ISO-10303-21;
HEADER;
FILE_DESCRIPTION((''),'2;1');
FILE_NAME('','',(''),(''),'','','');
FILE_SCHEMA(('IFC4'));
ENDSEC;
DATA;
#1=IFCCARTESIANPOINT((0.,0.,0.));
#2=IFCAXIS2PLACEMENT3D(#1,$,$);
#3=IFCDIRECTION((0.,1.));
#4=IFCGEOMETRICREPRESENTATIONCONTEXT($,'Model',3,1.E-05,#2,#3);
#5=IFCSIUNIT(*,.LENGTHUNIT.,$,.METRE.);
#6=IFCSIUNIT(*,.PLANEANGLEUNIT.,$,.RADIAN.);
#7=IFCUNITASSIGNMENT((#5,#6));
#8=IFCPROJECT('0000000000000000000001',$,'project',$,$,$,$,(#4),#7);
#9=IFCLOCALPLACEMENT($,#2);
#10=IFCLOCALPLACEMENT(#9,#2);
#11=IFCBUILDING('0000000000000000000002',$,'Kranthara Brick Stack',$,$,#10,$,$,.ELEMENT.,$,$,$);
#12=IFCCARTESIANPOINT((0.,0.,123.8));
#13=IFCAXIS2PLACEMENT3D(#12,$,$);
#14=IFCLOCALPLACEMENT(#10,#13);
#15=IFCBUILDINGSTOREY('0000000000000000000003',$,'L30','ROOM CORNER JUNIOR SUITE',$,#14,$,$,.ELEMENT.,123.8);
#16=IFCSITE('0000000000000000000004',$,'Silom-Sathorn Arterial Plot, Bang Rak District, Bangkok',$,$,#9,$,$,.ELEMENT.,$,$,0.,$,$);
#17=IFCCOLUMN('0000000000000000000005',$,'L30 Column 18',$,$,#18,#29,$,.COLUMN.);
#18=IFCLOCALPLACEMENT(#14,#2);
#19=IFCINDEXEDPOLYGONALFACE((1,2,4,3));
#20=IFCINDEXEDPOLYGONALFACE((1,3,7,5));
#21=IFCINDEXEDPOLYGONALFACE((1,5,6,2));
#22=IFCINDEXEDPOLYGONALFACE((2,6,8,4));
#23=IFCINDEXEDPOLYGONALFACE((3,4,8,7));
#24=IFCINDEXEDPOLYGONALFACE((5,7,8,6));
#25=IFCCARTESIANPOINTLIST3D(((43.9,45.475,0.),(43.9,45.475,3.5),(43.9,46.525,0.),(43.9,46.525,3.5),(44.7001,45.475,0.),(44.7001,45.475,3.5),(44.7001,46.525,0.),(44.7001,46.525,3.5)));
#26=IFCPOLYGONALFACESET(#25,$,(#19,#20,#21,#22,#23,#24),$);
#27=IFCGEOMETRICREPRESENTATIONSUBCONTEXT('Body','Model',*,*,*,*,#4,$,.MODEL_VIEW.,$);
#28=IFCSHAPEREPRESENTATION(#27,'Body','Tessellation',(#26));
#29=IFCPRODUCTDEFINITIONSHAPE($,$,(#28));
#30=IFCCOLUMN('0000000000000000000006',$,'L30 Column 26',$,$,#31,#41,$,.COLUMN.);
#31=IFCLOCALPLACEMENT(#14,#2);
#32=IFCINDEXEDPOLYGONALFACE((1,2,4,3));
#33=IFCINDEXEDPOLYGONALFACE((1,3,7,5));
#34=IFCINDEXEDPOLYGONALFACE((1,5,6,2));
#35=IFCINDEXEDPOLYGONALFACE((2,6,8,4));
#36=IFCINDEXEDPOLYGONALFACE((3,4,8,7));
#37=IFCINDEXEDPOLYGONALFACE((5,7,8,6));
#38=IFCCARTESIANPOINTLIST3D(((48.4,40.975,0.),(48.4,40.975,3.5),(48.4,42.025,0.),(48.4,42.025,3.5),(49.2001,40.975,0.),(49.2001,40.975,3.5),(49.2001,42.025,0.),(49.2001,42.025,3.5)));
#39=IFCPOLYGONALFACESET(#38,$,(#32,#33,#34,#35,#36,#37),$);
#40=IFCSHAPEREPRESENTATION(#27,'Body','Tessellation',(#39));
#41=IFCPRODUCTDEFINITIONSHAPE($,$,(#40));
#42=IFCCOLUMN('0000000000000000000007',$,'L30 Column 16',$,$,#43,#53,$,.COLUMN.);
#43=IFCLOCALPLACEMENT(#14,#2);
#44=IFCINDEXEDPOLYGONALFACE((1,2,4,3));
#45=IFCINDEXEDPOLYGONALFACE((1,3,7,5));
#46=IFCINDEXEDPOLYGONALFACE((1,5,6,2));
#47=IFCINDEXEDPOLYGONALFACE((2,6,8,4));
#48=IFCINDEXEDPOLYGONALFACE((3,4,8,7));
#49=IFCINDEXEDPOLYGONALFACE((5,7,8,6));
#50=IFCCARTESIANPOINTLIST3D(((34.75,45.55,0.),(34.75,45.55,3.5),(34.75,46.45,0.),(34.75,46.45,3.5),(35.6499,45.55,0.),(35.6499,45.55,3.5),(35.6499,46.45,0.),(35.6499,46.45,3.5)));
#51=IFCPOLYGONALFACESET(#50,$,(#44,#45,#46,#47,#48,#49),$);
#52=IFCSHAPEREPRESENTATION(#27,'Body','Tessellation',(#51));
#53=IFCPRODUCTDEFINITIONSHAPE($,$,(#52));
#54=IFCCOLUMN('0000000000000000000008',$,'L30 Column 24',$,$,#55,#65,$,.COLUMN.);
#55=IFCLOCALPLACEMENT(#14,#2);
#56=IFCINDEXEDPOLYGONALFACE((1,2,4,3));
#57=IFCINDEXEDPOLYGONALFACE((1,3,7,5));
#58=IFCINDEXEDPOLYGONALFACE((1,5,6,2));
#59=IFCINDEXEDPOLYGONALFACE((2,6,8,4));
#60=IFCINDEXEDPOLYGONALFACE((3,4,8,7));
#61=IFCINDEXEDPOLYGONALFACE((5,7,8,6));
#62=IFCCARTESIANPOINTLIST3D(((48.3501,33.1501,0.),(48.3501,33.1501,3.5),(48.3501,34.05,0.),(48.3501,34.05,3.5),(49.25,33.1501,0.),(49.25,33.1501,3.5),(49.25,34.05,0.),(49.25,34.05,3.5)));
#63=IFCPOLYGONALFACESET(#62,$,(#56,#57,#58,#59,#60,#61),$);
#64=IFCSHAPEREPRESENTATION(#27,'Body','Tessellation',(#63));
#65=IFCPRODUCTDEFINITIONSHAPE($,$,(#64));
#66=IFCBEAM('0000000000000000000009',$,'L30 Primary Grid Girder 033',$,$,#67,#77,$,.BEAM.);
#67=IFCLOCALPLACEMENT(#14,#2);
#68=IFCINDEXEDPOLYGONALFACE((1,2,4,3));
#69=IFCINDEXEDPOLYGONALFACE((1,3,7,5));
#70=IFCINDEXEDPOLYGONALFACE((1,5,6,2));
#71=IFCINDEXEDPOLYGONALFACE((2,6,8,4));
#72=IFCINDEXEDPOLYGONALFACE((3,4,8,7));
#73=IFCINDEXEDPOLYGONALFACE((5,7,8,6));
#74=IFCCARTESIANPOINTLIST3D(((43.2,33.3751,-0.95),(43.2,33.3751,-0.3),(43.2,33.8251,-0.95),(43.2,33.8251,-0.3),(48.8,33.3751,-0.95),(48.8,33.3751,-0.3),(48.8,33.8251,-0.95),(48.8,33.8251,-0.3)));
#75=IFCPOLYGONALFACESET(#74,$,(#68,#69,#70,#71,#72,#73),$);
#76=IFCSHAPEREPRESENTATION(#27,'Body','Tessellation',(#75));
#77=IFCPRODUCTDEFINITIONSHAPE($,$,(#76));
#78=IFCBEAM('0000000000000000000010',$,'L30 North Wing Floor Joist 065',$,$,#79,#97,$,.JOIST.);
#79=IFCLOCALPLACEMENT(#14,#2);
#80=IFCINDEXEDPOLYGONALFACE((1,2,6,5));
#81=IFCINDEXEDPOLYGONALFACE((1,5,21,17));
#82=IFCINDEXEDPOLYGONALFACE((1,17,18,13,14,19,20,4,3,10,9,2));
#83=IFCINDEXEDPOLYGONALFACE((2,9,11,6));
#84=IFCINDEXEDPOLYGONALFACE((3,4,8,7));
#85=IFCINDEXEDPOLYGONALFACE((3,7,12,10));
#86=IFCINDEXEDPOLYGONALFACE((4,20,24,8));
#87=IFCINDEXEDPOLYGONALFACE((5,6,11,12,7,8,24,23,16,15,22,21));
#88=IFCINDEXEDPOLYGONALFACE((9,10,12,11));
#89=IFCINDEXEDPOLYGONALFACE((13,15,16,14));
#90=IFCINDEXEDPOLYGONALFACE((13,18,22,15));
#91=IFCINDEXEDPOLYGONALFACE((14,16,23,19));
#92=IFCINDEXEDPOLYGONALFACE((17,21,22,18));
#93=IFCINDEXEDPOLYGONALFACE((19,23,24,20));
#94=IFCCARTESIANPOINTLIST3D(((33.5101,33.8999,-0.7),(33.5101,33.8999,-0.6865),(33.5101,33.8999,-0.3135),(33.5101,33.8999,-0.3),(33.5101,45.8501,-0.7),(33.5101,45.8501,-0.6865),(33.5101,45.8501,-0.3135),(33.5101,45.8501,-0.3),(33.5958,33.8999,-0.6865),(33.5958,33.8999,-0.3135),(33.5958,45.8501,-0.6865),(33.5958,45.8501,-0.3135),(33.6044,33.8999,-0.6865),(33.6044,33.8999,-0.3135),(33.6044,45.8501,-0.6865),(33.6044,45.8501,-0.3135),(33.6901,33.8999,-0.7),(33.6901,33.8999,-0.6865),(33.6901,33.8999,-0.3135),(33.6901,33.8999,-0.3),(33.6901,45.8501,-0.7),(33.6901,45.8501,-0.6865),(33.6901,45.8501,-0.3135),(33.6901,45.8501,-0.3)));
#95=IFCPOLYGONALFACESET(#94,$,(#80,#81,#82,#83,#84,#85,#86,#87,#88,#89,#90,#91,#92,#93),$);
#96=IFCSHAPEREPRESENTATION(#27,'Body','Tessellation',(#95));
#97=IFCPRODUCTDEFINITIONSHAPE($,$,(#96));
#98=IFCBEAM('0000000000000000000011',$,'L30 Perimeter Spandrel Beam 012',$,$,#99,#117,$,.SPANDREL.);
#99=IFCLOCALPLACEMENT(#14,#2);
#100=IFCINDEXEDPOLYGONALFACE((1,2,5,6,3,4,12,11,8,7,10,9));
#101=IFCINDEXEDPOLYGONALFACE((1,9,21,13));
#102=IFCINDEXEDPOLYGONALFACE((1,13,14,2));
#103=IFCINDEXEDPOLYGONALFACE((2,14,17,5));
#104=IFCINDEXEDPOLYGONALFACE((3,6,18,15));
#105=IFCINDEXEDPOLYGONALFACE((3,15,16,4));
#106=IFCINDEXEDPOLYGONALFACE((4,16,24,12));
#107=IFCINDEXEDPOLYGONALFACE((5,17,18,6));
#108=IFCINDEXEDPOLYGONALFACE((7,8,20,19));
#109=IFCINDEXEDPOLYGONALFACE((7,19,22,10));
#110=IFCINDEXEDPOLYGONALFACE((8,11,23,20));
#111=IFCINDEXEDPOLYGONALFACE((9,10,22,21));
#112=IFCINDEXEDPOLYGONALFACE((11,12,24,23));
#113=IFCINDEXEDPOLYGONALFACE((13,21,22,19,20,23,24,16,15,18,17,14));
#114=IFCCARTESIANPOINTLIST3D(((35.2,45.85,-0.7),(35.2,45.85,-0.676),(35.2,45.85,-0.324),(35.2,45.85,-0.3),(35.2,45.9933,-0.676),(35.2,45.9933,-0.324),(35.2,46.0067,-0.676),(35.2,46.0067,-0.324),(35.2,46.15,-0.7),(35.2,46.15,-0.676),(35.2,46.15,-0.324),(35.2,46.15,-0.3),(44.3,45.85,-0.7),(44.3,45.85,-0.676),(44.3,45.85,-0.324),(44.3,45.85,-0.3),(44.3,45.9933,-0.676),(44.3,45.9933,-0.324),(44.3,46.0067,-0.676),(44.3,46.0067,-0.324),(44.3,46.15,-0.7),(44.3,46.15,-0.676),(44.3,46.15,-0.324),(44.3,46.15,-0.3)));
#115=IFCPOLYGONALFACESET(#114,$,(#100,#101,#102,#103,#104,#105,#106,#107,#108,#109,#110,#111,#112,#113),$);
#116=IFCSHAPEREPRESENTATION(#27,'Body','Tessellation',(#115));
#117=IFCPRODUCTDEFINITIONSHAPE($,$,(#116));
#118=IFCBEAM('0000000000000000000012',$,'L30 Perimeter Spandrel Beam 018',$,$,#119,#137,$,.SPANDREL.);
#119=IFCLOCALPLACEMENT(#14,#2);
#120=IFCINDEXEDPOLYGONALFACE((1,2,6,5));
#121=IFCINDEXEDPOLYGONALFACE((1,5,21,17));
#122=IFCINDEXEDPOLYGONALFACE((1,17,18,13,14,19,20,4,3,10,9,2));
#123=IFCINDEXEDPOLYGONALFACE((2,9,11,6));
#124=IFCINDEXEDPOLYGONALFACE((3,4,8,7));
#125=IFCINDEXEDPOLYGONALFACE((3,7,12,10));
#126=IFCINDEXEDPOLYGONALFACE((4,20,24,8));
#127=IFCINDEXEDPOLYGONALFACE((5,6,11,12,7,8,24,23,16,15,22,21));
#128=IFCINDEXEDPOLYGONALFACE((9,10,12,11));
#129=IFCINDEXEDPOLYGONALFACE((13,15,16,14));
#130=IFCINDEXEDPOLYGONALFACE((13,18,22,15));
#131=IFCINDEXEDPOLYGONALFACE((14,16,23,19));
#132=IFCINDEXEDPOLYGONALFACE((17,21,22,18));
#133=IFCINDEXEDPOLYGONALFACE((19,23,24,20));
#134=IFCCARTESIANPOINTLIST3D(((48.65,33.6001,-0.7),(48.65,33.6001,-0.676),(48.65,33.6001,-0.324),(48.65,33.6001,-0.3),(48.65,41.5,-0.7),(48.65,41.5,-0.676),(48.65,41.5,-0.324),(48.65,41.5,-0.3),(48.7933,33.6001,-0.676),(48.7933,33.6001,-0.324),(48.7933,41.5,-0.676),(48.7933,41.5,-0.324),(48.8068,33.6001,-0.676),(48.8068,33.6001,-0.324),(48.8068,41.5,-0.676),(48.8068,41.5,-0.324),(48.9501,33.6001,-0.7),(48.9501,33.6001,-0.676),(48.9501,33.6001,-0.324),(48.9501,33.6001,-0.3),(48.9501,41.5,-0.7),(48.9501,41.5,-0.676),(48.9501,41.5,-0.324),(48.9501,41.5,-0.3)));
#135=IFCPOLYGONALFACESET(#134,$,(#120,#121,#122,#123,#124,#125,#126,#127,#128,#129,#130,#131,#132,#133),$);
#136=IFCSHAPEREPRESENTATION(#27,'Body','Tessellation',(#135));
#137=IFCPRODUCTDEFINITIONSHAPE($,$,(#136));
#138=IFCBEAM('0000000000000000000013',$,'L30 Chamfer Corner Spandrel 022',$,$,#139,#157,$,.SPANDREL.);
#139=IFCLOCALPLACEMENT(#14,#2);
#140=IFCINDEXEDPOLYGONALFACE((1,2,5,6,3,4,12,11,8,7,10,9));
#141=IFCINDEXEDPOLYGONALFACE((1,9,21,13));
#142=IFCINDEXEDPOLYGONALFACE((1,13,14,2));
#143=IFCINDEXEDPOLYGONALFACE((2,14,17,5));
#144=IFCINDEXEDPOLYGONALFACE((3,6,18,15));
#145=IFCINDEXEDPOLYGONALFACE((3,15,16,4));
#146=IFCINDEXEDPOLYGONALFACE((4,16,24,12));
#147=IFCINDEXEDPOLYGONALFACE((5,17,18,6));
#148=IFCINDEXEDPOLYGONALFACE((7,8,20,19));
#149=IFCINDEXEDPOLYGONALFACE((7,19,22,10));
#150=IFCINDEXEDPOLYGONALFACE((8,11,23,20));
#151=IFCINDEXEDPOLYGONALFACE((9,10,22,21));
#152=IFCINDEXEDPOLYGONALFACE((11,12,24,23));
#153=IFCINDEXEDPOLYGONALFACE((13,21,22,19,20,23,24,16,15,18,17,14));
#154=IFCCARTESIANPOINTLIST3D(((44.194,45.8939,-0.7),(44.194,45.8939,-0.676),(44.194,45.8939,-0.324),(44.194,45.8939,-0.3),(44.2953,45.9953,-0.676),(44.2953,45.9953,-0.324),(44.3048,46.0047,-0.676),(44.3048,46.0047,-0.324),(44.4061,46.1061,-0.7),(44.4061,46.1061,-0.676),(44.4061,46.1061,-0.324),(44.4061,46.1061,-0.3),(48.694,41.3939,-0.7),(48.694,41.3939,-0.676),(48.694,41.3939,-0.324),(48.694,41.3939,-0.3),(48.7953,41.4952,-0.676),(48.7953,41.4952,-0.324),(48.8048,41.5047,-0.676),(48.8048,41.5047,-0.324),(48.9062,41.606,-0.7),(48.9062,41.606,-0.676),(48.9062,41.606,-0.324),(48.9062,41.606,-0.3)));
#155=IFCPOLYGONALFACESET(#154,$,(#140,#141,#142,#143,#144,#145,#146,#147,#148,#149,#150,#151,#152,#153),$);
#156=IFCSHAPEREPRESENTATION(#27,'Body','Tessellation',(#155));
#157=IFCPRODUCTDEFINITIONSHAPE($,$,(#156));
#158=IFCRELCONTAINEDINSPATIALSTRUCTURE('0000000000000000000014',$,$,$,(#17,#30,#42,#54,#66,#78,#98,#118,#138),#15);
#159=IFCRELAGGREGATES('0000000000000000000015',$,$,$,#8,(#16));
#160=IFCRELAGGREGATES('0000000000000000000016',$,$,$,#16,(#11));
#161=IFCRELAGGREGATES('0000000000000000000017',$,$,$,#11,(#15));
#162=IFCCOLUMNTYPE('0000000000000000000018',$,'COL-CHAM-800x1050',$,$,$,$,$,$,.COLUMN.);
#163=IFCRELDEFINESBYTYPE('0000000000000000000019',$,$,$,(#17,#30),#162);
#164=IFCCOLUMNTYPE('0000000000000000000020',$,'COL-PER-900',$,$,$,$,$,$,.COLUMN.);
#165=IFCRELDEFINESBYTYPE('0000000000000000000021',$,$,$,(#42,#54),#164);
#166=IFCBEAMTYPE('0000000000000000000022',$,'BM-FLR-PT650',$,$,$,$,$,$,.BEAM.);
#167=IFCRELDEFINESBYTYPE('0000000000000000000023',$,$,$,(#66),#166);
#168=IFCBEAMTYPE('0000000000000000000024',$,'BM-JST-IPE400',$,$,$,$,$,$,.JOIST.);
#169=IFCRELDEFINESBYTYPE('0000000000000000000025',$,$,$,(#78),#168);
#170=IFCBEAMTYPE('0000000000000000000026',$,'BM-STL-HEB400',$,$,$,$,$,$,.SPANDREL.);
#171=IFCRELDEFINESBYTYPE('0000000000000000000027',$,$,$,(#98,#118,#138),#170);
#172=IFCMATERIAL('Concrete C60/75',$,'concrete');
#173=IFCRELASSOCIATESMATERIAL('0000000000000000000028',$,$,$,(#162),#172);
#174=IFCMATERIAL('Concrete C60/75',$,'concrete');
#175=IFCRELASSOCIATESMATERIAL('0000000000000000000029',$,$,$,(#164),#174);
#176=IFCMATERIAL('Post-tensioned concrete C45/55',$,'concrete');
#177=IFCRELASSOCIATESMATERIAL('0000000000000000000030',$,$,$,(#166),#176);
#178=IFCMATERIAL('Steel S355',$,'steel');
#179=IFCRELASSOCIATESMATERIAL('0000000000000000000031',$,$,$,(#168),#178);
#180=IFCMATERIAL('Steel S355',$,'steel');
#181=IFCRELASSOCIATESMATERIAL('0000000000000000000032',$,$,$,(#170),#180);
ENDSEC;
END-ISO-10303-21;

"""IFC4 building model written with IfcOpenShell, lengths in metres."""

from ifc_helpers import new_model, si_unit, direction, frame, origin, origin_2d, place, context, subcontext, project, spatial, rectangle, i_section, extrude, material, material_profile, profile_set, type_object, element, save


model = new_model("IFC4")

# Units and contexts
model_context = context("Model", 3, precision=1e-05, world=origin(), true_north=direction((0.0, 1.0)))
body_context = subcontext(model_context, "Body", "Model", "MODEL_VIEW")
ifc_project = project(units=[si_unit("LENGTHUNIT", "METRE"), si_unit("PLANEANGLEUNIT", "RADIAN")], contexts=[model_context])

# Site, building, storey
site_placement = place(None, origin())
site = spatial("IfcSite", under=ifc_project, at=site_placement, Name="Silom-Sathorn Arterial Plot, Bang Rak District, Bangkok", CompositionType="ELEMENT", RefElevation=0.0)
building_placement = place(site_placement, origin())
building = spatial("IfcBuilding", under=site, at=building_placement, Name="Kranthara Brick Stack", CompositionType="ELEMENT")
storey_placement = place(building_placement, frame((0.0, 0.0, 123.8)))
storey = spatial("IfcBuildingStorey", under=building, at=storey_placement, Name="L30", Description="ROOM CORNER JUNIOR SUITE", CompositionType="ELEMENT", Elevation=123.8)

# Columns
ifc_material_1 = material(Name="Concrete C60/75", Category="concrete")
ifc_material_profile_1 = material_profile(ifc_material_1, rectangle(XDim=0.8, YDim=1.05, at=origin_2d()), Name="RC 800x1050")
ifc_profile_set_1 = profile_set([ifc_material_profile_1], Name="Concrete C60/75")
column_type_1 = type_object("IfcColumnType", Name="COL-CHAM-800x1050", PredefinedType="COLUMN", material=ifc_profile_set_1)
for number, where, z_axis, x_axis, name in (
    (1, (44.3, 46.0, 0.0), (0.0, 0.0, 1.0), (1.0, 0.0, 0.0), "L30 Column 18"),
    (2, (48.8, 41.5, 0.0), (0.0, 0.0, 1.0), (1.0, 0.0, 0.0), "L30 Column 26"),
):
    element("IfcColumn", number, at=place(storey_placement, frame(where, z_axis=z_axis, x_axis=x_axis)), inside=storey, type_object=column_type_1, Name=name, PredefinedType="COLUMN", context=body_context, shape_type="SweptSolid", body=[
        extrude(rectangle(XDim=0.8, YDim=1.05, at=origin_2d()), origin(), (0.0, 0.0, 1.0), 3.5),
    ])
ifc_material_2 = material(Name="Concrete C60/75", Category="concrete")
ifc_material_profile_2 = material_profile(ifc_material_2, rectangle(XDim=0.8999, YDim=0.8999, at=origin_2d()), Name="RC 900x900")
ifc_profile_set_2 = profile_set([ifc_material_profile_2], Name="Concrete C60/75")
column_type_2 = type_object("IfcColumnType", Name="COL-PER-900", PredefinedType="COLUMN", material=ifc_profile_set_2)
for number, where, z_axis, x_axis, name in (
    (3, (35.2, 46.0, 0.0), (0.0, 0.0, 1.0), (1.0, 0.0, 0.0), "L30 Column 16"),
    (4, (48.8, 33.6001, 0.0), (0.0, 0.0, 1.0), (1.0, 0.0, 0.0), "L30 Column 24"),
):
    element("IfcColumn", number, at=place(storey_placement, frame(where, z_axis=z_axis, x_axis=x_axis)), inside=storey, type_object=column_type_2, Name=name, PredefinedType="COLUMN", context=body_context, shape_type="SweptSolid", body=[
        extrude(rectangle(XDim=0.8999, YDim=0.8999, at=origin_2d()), origin(), (0.0, 0.0, 1.0), 3.5),
    ])

# Beams
ifc_material_3 = material(Name="Post-tensioned concrete C45/55", Category="concrete")
ifc_material_profile_3 = material_profile(ifc_material_3, rectangle(XDim=0.45, YDim=0.6499, at=origin_2d()), Name="PT 450x650")
ifc_profile_set_3 = profile_set([ifc_material_profile_3], Name="Post-tensioned concrete C45/55")
beam_type_1 = type_object("IfcBeamType", Name="BM-FLR-PT650", PredefinedType="BEAM", material=ifc_profile_set_3)
beam_1_placement = place(storey_placement, frame((43.2, 33.6001, -0.625), z_axis=(1.0, 0.0, 0.0), x_axis=(0.0, 1.0, 0.0)))
element("IfcBeam", 5, at=beam_1_placement, inside=storey, type_object=beam_type_1, Name="L30 Primary Grid Girder 033", PredefinedType="BEAM", context=body_context, shape_type="SweptSolid", body=[
    extrude(rectangle(XDim=0.45, YDim=0.6499, at=origin_2d()), origin(), (0.0, 0.0, 1.0), 5.6001),
])
ifc_material_4 = material(Name="Steel S355", Category="steel")
ifc_material_profile_4 = material_profile(ifc_material_4, i_section(OverallWidth=0.1799, OverallDepth=0.3999, WebThickness=0.0085, FlangeThickness=0.0134, at=origin_2d()), Name="IPE 400")
ifc_profile_set_4 = profile_set([ifc_material_profile_4], Name="Steel S355")
beam_type_2 = type_object("IfcBeamType", Name="BM-JST-IPE400", PredefinedType="JOIST", material=ifc_profile_set_4)
beam_2_placement = place(storey_placement, frame((33.6001, 33.8999, -0.5), z_axis=(0.0, 1.0, 0.0), x_axis=(-1.0, 0.0, 0.0)))
element("IfcBeam", 6, at=beam_2_placement, inside=storey, type_object=beam_type_2, Name="L30 North Wing Floor Joist 065", PredefinedType="JOIST", context=body_context, shape_type="SweptSolid", body=[
    extrude(i_section(OverallWidth=0.1799, OverallDepth=0.3999, WebThickness=0.0085, FlangeThickness=0.0134, at=origin_2d()), origin(), (0.0, 0.0, 1.0), 11.9502),
])
ifc_material_5 = material(Name="Steel S355", Category="steel")
ifc_material_profile_5 = material_profile(ifc_material_5, i_section(OverallWidth=0.3, OverallDepth=0.3999, WebThickness=0.0134, FlangeThickness=0.0239, at=origin_2d()), Name="HEB 400")
ifc_profile_set_5 = profile_set([ifc_material_profile_5], Name="Steel S355")
beam_type_3 = type_object("IfcBeamType", Name="BM-STL-HEB400", PredefinedType="SPANDREL", material=ifc_profile_set_5)
beam_3_placement = place(storey_placement, frame((35.2, 46.0, -0.5), z_axis=(1.0, 0.0, 0.0), x_axis=(0.0, 1.0, 0.0)))
element("IfcBeam", 7, at=beam_3_placement, inside=storey, type_object=beam_type_3, Name="L30 Perimeter Spandrel Beam 012", PredefinedType="SPANDREL", context=body_context, shape_type="SweptSolid", body=[
    extrude(i_section(OverallWidth=0.3, OverallDepth=0.3999, WebThickness=0.0134, FlangeThickness=0.0239, at=origin_2d()), origin(), (0.0, 0.0, 1.0), 9.1001),
])
beam_4_placement = place(storey_placement, frame((48.8, 33.6001, -0.5), z_axis=(0.0, 1.0, 0.0), x_axis=(-1.0, 0.0, 0.0)))
element("IfcBeam", 8, at=beam_4_placement, inside=storey, type_object=beam_type_3, Name="L30 Perimeter Spandrel Beam 018", PredefinedType="SPANDREL", context=body_context, shape_type="SweptSolid", body=[
    extrude(i_section(OverallWidth=0.3, OverallDepth=0.3999, WebThickness=0.0134, FlangeThickness=0.0239, at=origin_2d()), origin(), (0.0, 0.0, 1.0), 7.8999),
])
beam_5_placement = place(storey_placement, frame((44.3, 46.0, -0.5), z_axis=(0.707107, -0.707107, 0.0), x_axis=(0.707107, 0.707107, 0.0)))
element("IfcBeam", 9, at=beam_5_placement, inside=storey, type_object=beam_type_3, Name="L30 Chamfer Corner Spandrel 022", PredefinedType="SPANDREL", context=body_context, shape_type="SweptSolid", body=[
    extrude(i_section(OverallWidth=0.3, OverallDepth=0.3999, WebThickness=0.0134, FlangeThickness=0.0239, at=origin_2d()), origin(), (0.0, 0.0, 1.0), 6.364),
])

save(model, "model.ifc")
